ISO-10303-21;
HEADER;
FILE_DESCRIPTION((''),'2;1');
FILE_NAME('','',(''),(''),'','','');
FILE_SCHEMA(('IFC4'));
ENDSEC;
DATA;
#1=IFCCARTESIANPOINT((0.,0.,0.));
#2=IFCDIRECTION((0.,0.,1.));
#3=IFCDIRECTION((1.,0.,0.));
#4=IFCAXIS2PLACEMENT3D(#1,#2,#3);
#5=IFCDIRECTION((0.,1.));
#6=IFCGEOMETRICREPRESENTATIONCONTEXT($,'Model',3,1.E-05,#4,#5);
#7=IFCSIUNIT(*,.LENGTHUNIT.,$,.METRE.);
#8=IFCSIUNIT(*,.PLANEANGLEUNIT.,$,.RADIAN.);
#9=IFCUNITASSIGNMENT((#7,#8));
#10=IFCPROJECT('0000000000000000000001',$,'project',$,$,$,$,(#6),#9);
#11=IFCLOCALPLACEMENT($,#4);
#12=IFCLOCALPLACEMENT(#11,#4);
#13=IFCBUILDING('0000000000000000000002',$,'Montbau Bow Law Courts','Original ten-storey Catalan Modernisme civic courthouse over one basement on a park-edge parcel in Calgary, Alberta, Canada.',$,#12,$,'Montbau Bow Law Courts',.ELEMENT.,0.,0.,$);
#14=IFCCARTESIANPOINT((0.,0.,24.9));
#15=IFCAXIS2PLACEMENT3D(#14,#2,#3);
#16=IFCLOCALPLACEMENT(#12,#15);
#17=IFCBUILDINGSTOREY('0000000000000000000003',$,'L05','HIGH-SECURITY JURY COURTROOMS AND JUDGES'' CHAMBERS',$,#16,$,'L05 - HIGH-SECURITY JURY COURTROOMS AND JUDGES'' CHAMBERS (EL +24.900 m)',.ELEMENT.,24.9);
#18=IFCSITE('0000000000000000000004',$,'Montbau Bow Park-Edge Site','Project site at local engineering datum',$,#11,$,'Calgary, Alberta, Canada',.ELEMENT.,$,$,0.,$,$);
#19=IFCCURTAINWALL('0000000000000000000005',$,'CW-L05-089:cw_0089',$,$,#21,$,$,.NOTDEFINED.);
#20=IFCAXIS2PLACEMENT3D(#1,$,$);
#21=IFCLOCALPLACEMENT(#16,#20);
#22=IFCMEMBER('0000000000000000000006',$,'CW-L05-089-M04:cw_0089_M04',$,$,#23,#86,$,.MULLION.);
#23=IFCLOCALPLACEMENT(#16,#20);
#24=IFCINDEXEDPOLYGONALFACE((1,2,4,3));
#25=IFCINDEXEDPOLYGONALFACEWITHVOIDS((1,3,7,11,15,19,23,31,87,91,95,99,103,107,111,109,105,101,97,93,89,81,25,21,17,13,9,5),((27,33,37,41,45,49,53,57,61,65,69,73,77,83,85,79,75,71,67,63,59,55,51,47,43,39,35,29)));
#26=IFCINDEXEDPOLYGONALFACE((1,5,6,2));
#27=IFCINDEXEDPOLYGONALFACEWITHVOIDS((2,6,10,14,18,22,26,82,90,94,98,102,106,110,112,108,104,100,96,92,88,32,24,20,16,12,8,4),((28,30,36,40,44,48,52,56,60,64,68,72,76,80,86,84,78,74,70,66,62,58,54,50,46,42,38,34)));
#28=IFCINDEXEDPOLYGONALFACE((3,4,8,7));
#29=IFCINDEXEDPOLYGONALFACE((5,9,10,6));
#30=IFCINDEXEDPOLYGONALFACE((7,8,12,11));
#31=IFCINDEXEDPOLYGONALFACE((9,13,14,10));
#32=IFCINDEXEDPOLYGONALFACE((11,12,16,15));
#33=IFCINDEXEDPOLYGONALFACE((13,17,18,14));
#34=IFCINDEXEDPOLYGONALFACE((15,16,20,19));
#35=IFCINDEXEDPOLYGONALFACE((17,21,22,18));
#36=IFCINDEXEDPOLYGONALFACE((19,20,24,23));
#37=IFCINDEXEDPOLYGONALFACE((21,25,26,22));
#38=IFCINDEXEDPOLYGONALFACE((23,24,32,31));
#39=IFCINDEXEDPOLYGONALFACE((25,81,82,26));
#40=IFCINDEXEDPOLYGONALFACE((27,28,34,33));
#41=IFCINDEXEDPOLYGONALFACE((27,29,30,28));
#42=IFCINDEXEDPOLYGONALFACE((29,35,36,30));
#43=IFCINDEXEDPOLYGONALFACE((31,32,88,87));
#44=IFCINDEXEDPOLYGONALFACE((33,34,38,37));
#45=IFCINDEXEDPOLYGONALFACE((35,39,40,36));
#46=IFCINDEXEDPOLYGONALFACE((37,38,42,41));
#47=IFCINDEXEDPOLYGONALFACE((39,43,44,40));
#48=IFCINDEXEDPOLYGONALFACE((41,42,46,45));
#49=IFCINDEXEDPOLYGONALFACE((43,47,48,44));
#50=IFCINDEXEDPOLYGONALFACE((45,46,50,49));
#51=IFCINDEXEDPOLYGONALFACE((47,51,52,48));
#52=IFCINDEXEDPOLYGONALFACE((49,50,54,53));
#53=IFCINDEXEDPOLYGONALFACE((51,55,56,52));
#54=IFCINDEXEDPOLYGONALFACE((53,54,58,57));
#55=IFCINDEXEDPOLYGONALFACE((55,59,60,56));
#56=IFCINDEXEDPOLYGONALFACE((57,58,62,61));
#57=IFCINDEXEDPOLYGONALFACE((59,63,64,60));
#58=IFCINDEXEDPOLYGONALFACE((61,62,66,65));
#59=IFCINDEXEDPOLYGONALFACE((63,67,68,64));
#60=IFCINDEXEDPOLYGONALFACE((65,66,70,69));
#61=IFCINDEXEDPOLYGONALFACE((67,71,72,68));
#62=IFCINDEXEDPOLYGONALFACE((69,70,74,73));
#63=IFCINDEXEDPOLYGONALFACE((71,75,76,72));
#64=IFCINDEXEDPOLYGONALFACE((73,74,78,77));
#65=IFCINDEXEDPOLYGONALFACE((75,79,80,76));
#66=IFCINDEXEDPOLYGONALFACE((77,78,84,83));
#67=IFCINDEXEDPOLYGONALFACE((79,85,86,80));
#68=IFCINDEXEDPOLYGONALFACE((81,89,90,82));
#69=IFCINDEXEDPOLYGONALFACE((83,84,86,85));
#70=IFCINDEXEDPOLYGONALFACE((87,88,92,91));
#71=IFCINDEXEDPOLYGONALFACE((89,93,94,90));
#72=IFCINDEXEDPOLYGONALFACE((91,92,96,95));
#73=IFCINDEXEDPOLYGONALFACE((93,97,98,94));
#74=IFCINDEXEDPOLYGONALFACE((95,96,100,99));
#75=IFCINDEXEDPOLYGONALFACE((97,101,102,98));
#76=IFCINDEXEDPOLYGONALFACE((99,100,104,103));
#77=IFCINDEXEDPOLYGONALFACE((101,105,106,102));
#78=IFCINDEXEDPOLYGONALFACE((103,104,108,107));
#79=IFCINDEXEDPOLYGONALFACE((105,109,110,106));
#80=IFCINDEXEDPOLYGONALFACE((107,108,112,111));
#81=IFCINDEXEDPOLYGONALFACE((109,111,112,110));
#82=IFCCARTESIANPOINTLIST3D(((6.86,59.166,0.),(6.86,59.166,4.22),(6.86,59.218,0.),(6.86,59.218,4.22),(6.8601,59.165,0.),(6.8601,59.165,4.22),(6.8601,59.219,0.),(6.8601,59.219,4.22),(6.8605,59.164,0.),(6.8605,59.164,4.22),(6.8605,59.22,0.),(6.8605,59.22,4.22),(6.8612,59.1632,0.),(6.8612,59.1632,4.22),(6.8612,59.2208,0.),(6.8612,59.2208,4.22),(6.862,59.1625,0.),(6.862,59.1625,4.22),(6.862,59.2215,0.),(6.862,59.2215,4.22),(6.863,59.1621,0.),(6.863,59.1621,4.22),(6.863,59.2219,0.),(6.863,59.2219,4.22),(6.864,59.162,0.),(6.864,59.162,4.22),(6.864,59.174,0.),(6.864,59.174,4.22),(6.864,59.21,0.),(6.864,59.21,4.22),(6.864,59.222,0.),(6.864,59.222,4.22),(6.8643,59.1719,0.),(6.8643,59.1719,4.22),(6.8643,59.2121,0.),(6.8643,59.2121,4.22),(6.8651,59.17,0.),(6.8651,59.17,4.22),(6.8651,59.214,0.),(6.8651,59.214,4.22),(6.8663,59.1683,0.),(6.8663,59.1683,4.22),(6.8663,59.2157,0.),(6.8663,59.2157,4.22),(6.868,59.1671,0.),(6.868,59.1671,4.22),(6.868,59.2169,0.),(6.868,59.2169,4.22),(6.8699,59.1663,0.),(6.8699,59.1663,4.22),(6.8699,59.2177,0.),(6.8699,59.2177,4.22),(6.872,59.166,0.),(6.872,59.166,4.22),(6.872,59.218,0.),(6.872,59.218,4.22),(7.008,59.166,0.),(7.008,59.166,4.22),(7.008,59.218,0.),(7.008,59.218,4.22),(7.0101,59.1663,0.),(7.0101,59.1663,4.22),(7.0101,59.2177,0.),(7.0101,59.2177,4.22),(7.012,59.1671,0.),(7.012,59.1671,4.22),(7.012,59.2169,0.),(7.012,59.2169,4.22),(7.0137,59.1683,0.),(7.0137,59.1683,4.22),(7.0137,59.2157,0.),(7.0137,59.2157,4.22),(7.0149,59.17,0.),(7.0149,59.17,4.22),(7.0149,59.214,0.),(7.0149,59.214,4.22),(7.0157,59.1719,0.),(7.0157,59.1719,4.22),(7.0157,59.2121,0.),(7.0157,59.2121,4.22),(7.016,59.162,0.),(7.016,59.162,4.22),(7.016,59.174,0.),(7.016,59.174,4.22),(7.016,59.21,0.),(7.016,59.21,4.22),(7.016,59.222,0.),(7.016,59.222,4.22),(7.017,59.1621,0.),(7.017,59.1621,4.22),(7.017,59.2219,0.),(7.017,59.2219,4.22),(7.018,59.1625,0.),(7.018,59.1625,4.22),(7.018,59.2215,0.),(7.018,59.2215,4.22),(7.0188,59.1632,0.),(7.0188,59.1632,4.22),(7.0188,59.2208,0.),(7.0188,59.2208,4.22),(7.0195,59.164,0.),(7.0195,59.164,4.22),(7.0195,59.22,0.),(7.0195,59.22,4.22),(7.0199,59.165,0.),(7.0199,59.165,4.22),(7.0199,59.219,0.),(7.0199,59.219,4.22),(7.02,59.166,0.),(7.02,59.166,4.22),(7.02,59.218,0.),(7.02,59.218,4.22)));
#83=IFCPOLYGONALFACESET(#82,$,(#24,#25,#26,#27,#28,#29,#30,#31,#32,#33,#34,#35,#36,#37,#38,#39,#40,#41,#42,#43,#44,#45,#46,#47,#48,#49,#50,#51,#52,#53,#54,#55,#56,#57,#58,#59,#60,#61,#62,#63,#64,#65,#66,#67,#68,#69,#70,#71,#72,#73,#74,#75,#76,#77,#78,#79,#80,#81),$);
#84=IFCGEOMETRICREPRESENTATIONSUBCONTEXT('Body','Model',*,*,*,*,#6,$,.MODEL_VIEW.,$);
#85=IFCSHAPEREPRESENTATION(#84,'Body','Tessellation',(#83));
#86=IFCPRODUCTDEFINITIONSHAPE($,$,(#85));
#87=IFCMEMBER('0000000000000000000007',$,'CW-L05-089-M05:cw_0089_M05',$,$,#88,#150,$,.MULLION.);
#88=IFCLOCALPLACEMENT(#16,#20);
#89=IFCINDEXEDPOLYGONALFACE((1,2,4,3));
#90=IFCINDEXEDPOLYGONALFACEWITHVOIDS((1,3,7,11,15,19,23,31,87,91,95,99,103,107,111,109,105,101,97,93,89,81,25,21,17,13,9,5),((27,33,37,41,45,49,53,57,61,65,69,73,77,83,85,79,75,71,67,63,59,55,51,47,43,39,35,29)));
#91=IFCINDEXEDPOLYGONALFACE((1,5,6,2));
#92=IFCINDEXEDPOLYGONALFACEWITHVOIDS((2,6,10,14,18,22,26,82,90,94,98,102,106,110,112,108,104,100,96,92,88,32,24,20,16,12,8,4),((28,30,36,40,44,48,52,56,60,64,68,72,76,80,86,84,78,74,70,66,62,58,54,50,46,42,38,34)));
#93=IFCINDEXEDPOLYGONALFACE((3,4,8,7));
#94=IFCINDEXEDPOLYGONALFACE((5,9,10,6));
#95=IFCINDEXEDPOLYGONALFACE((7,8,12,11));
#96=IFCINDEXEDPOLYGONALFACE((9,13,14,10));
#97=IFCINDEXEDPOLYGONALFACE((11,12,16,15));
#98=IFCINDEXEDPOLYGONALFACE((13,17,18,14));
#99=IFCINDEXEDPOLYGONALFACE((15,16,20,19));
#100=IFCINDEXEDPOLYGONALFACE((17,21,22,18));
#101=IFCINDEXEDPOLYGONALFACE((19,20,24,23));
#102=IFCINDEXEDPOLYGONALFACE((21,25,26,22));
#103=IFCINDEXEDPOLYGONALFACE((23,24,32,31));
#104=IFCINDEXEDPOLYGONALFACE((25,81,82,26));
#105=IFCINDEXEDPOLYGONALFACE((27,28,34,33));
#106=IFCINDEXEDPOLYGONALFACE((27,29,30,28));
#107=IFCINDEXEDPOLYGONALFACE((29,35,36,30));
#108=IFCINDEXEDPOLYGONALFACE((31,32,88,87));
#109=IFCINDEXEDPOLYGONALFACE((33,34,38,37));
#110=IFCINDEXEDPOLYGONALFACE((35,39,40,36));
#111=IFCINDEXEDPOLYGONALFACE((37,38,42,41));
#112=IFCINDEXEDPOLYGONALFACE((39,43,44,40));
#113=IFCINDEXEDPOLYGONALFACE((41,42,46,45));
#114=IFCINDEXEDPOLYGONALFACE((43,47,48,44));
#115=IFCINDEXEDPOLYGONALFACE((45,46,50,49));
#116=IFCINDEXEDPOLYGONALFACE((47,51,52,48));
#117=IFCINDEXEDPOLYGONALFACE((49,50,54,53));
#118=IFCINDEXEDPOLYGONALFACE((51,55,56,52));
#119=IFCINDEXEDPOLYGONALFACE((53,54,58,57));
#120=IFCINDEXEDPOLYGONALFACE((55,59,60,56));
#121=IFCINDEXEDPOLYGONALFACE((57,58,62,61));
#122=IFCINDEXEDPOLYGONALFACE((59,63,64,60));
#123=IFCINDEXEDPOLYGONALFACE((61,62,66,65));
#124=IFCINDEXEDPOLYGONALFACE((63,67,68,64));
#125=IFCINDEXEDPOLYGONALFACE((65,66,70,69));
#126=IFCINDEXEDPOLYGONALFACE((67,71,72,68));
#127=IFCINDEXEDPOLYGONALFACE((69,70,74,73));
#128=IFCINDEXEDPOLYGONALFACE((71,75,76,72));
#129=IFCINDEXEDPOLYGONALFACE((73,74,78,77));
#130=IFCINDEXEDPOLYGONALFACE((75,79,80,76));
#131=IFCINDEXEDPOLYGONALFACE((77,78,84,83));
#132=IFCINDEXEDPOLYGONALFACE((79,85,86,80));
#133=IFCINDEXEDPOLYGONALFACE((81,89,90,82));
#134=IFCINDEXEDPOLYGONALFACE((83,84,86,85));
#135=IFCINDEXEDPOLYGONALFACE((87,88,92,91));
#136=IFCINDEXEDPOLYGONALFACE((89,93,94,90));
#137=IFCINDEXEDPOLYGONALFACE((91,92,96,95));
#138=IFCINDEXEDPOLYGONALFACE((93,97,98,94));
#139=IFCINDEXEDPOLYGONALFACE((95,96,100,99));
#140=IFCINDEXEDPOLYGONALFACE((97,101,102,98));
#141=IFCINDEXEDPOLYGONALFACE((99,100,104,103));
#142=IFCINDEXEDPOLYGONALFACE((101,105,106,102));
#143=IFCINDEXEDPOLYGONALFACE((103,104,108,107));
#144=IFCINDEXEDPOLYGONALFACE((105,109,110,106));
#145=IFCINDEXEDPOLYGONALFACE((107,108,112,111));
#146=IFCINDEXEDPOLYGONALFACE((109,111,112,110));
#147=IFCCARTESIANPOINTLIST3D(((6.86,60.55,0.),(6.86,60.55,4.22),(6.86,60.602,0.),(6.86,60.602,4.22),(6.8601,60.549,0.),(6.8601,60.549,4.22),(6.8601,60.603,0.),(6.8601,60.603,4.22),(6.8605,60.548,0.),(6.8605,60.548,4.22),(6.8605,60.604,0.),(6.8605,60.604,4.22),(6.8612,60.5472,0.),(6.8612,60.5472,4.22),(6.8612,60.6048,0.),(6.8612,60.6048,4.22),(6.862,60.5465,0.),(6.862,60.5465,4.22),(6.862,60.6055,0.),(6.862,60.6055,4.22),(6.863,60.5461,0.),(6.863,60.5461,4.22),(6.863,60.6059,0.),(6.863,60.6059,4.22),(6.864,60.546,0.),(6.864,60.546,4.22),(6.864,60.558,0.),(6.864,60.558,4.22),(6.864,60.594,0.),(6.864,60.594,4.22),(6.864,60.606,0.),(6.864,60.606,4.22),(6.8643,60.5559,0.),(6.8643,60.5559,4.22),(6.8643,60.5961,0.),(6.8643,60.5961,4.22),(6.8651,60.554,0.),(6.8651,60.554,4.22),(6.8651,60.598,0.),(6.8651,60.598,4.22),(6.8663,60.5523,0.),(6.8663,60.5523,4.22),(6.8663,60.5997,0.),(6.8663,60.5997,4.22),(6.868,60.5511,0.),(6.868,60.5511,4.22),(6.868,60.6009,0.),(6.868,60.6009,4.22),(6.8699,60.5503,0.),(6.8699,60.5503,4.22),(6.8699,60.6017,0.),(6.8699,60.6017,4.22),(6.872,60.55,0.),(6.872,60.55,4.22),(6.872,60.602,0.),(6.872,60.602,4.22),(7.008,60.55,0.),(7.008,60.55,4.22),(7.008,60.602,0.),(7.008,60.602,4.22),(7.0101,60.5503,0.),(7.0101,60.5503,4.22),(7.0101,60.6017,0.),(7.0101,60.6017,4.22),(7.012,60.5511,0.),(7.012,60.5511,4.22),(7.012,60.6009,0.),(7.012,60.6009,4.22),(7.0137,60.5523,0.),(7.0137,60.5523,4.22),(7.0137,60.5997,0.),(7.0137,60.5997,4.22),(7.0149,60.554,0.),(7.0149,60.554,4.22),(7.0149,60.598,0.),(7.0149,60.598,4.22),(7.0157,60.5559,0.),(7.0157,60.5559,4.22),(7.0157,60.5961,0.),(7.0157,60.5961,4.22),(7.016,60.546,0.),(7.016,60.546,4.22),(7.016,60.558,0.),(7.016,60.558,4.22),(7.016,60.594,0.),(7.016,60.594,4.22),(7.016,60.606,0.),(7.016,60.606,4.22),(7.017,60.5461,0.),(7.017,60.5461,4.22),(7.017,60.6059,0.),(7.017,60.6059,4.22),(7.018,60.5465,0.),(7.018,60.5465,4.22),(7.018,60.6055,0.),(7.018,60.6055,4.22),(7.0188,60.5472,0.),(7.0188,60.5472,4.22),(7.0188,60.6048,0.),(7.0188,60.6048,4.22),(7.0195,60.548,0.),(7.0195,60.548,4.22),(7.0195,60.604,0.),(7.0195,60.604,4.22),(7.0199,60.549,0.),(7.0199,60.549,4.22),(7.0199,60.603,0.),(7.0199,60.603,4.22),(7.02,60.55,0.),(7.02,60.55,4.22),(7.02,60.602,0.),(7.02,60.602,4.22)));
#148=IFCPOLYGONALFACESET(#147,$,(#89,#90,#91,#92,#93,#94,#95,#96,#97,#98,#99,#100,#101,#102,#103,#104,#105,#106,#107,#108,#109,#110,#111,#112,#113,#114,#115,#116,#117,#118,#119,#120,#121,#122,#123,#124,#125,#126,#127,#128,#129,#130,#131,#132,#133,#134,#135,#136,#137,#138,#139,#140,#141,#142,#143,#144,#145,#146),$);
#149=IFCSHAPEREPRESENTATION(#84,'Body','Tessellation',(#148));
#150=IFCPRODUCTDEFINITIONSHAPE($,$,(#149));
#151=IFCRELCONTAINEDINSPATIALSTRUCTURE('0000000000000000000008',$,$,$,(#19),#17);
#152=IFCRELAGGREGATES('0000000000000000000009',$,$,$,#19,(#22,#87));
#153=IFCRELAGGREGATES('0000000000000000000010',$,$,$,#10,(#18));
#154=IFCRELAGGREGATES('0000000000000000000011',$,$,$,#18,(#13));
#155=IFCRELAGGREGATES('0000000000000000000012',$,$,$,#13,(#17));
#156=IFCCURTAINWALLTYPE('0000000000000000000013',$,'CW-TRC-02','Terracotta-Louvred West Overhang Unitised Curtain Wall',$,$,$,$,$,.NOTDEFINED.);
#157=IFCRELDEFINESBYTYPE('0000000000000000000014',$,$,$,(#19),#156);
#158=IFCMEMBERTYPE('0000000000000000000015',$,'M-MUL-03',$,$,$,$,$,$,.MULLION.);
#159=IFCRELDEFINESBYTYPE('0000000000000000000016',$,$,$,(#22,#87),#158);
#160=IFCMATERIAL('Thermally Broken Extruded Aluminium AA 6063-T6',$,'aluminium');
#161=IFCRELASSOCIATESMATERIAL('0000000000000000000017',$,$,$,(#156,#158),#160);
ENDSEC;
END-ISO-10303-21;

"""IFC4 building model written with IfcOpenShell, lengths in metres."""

from ifc_helpers import new_model, si_unit, direction, frame, origin_with_axes, origin_2d_with_axis, place, context, subcontext, project, spatial, hollow_rectangle, extrude, material, material_profile, profile_set, type_object, element, aggregate, save


model = new_model("IFC4")

# Units and contexts
model_context = context("Model", 3, precision=1e-05, world=origin_with_axes(), true_north=direction((0.0, 1.0)))
body_context = subcontext(model_context, "Body", "Model", "MODEL_VIEW")
ifc_project = project(units=[si_unit("LENGTHUNIT", "METRE"), si_unit("PLANEANGLEUNIT", "RADIAN")], contexts=[model_context])

# Site, building, storey
site_placement = place(None, origin_with_axes())
site = spatial("IfcSite", under=ifc_project, at=site_placement, Name="Montbau Bow Park-Edge Site", Description="Project site at local engineering datum", LongName="Calgary, Alberta, Canada", CompositionType="ELEMENT", RefElevation=0.0)
building_placement = place(site_placement, origin_with_axes())
building = spatial("IfcBuilding", under=site, at=building_placement, Name="Montbau Bow Law Courts", Description="Original ten-storey Catalan Modernisme civic courthouse over one basement on a park-edge parcel in Calgary, Alberta, Canada.", LongName="Montbau Bow Law Courts", CompositionType="ELEMENT", ElevationOfRefHeight=0.0, ElevationOfTerrain=0.0)
storey_placement = place(building_placement, frame((0.0, 0.0, 24.9), z_axis=(0.0, 0.0, 1.0), x_axis=(1.0, 0.0, 0.0)))
storey = spatial("IfcBuildingStorey", under=building, at=storey_placement, Name="L05", Description="HIGH-SECURITY JURY COURTROOMS AND JUDGES' CHAMBERS", LongName="L05 - HIGH-SECURITY JURY COURTROOMS AND JUDGES' CHAMBERS (EL +24.900 m)", CompositionType="ELEMENT", Elevation=24.9)

# Curtain wall, members
ifc_material_1 = material(Name="Thermally Broken Extruded Aluminium AA 6063-T6", Category="aluminium")
curtain_wall_type = type_object("IfcCurtainWallType", Name="CW-TRC-02", Description="Terracotta-Louvred West Overhang Unitised Curtain Wall", PredefinedType="NOTDEFINED", material=ifc_material_1)
curtain_wall_placement = place(None, frame((6.94, 55.04, 24.9), z_axis=(0.0, 0.0, 1.0), x_axis=(1.0, 0.0, 0.0)))
curtain_wall = element("IfcCurtainWall", 1, at=curtain_wall_placement, inside=storey, type_object=curtain_wall_type, Name="CW-L05-089:cw_0089", PredefinedType="NOTDEFINED")
ifc_material_profile_1 = material_profile(ifc_material_1, hollow_rectangle(XDim=0.06, YDim=0.16, WallThickness=0.004, InnerFilletRadius=0.008, OuterFilletRadius=0.004, at=origin_2d_with_axis()), Name="CWM-160X60", Category="Main", Priority=0)
ifc_profile_set_1 = profile_set([ifc_material_profile_1], Name="Thermally Broken Extruded Aluminium AA 6063-T6")
member_type_1 = type_object("IfcMemberType", Name="M-MUL-03", PredefinedType="MULLION", material=ifc_profile_set_1)
member_1_placement = place(None, frame((6.94, 59.192, 24.9), z_axis=(0.0, 0.0, 1.0), x_axis=(0.0, 1.0, 0.0)))
member_1 = element("IfcMember", 2, at=member_1_placement, type_object=member_type_1, Name="CW-L05-089-M04:cw_0089_M04", PredefinedType="MULLION", context=body_context, shape_type="SweptSolid", body=[
    extrude(hollow_rectangle(XDim=0.06, YDim=0.16, WallThickness=0.004, InnerFilletRadius=0.008, OuterFilletRadius=0.004, at=origin_2d_with_axis()), origin_with_axes(), (0.0, 0.0, 1.0), 4.22),
])
member_2_placement = place(None, frame((6.94, 60.576, 24.9), z_axis=(0.0, 0.0, 1.0), x_axis=(0.0, 1.0, 0.0)))
member_2 = element("IfcMember", 3, at=member_2_placement, type_object=member_type_1, Name="CW-L05-089-M05:cw_0089_M05", PredefinedType="MULLION", context=body_context, shape_type="SweptSolid", body=[
    extrude(hollow_rectangle(XDim=0.06, YDim=0.16, WallThickness=0.004, InnerFilletRadius=0.008, OuterFilletRadius=0.004, at=origin_2d_with_axis()), origin_with_axes(), (0.0, 0.0, 1.0), 4.22),
])

aggregate(curtain_wall, [member_1, member_2])

save(model, "model.ifc")
